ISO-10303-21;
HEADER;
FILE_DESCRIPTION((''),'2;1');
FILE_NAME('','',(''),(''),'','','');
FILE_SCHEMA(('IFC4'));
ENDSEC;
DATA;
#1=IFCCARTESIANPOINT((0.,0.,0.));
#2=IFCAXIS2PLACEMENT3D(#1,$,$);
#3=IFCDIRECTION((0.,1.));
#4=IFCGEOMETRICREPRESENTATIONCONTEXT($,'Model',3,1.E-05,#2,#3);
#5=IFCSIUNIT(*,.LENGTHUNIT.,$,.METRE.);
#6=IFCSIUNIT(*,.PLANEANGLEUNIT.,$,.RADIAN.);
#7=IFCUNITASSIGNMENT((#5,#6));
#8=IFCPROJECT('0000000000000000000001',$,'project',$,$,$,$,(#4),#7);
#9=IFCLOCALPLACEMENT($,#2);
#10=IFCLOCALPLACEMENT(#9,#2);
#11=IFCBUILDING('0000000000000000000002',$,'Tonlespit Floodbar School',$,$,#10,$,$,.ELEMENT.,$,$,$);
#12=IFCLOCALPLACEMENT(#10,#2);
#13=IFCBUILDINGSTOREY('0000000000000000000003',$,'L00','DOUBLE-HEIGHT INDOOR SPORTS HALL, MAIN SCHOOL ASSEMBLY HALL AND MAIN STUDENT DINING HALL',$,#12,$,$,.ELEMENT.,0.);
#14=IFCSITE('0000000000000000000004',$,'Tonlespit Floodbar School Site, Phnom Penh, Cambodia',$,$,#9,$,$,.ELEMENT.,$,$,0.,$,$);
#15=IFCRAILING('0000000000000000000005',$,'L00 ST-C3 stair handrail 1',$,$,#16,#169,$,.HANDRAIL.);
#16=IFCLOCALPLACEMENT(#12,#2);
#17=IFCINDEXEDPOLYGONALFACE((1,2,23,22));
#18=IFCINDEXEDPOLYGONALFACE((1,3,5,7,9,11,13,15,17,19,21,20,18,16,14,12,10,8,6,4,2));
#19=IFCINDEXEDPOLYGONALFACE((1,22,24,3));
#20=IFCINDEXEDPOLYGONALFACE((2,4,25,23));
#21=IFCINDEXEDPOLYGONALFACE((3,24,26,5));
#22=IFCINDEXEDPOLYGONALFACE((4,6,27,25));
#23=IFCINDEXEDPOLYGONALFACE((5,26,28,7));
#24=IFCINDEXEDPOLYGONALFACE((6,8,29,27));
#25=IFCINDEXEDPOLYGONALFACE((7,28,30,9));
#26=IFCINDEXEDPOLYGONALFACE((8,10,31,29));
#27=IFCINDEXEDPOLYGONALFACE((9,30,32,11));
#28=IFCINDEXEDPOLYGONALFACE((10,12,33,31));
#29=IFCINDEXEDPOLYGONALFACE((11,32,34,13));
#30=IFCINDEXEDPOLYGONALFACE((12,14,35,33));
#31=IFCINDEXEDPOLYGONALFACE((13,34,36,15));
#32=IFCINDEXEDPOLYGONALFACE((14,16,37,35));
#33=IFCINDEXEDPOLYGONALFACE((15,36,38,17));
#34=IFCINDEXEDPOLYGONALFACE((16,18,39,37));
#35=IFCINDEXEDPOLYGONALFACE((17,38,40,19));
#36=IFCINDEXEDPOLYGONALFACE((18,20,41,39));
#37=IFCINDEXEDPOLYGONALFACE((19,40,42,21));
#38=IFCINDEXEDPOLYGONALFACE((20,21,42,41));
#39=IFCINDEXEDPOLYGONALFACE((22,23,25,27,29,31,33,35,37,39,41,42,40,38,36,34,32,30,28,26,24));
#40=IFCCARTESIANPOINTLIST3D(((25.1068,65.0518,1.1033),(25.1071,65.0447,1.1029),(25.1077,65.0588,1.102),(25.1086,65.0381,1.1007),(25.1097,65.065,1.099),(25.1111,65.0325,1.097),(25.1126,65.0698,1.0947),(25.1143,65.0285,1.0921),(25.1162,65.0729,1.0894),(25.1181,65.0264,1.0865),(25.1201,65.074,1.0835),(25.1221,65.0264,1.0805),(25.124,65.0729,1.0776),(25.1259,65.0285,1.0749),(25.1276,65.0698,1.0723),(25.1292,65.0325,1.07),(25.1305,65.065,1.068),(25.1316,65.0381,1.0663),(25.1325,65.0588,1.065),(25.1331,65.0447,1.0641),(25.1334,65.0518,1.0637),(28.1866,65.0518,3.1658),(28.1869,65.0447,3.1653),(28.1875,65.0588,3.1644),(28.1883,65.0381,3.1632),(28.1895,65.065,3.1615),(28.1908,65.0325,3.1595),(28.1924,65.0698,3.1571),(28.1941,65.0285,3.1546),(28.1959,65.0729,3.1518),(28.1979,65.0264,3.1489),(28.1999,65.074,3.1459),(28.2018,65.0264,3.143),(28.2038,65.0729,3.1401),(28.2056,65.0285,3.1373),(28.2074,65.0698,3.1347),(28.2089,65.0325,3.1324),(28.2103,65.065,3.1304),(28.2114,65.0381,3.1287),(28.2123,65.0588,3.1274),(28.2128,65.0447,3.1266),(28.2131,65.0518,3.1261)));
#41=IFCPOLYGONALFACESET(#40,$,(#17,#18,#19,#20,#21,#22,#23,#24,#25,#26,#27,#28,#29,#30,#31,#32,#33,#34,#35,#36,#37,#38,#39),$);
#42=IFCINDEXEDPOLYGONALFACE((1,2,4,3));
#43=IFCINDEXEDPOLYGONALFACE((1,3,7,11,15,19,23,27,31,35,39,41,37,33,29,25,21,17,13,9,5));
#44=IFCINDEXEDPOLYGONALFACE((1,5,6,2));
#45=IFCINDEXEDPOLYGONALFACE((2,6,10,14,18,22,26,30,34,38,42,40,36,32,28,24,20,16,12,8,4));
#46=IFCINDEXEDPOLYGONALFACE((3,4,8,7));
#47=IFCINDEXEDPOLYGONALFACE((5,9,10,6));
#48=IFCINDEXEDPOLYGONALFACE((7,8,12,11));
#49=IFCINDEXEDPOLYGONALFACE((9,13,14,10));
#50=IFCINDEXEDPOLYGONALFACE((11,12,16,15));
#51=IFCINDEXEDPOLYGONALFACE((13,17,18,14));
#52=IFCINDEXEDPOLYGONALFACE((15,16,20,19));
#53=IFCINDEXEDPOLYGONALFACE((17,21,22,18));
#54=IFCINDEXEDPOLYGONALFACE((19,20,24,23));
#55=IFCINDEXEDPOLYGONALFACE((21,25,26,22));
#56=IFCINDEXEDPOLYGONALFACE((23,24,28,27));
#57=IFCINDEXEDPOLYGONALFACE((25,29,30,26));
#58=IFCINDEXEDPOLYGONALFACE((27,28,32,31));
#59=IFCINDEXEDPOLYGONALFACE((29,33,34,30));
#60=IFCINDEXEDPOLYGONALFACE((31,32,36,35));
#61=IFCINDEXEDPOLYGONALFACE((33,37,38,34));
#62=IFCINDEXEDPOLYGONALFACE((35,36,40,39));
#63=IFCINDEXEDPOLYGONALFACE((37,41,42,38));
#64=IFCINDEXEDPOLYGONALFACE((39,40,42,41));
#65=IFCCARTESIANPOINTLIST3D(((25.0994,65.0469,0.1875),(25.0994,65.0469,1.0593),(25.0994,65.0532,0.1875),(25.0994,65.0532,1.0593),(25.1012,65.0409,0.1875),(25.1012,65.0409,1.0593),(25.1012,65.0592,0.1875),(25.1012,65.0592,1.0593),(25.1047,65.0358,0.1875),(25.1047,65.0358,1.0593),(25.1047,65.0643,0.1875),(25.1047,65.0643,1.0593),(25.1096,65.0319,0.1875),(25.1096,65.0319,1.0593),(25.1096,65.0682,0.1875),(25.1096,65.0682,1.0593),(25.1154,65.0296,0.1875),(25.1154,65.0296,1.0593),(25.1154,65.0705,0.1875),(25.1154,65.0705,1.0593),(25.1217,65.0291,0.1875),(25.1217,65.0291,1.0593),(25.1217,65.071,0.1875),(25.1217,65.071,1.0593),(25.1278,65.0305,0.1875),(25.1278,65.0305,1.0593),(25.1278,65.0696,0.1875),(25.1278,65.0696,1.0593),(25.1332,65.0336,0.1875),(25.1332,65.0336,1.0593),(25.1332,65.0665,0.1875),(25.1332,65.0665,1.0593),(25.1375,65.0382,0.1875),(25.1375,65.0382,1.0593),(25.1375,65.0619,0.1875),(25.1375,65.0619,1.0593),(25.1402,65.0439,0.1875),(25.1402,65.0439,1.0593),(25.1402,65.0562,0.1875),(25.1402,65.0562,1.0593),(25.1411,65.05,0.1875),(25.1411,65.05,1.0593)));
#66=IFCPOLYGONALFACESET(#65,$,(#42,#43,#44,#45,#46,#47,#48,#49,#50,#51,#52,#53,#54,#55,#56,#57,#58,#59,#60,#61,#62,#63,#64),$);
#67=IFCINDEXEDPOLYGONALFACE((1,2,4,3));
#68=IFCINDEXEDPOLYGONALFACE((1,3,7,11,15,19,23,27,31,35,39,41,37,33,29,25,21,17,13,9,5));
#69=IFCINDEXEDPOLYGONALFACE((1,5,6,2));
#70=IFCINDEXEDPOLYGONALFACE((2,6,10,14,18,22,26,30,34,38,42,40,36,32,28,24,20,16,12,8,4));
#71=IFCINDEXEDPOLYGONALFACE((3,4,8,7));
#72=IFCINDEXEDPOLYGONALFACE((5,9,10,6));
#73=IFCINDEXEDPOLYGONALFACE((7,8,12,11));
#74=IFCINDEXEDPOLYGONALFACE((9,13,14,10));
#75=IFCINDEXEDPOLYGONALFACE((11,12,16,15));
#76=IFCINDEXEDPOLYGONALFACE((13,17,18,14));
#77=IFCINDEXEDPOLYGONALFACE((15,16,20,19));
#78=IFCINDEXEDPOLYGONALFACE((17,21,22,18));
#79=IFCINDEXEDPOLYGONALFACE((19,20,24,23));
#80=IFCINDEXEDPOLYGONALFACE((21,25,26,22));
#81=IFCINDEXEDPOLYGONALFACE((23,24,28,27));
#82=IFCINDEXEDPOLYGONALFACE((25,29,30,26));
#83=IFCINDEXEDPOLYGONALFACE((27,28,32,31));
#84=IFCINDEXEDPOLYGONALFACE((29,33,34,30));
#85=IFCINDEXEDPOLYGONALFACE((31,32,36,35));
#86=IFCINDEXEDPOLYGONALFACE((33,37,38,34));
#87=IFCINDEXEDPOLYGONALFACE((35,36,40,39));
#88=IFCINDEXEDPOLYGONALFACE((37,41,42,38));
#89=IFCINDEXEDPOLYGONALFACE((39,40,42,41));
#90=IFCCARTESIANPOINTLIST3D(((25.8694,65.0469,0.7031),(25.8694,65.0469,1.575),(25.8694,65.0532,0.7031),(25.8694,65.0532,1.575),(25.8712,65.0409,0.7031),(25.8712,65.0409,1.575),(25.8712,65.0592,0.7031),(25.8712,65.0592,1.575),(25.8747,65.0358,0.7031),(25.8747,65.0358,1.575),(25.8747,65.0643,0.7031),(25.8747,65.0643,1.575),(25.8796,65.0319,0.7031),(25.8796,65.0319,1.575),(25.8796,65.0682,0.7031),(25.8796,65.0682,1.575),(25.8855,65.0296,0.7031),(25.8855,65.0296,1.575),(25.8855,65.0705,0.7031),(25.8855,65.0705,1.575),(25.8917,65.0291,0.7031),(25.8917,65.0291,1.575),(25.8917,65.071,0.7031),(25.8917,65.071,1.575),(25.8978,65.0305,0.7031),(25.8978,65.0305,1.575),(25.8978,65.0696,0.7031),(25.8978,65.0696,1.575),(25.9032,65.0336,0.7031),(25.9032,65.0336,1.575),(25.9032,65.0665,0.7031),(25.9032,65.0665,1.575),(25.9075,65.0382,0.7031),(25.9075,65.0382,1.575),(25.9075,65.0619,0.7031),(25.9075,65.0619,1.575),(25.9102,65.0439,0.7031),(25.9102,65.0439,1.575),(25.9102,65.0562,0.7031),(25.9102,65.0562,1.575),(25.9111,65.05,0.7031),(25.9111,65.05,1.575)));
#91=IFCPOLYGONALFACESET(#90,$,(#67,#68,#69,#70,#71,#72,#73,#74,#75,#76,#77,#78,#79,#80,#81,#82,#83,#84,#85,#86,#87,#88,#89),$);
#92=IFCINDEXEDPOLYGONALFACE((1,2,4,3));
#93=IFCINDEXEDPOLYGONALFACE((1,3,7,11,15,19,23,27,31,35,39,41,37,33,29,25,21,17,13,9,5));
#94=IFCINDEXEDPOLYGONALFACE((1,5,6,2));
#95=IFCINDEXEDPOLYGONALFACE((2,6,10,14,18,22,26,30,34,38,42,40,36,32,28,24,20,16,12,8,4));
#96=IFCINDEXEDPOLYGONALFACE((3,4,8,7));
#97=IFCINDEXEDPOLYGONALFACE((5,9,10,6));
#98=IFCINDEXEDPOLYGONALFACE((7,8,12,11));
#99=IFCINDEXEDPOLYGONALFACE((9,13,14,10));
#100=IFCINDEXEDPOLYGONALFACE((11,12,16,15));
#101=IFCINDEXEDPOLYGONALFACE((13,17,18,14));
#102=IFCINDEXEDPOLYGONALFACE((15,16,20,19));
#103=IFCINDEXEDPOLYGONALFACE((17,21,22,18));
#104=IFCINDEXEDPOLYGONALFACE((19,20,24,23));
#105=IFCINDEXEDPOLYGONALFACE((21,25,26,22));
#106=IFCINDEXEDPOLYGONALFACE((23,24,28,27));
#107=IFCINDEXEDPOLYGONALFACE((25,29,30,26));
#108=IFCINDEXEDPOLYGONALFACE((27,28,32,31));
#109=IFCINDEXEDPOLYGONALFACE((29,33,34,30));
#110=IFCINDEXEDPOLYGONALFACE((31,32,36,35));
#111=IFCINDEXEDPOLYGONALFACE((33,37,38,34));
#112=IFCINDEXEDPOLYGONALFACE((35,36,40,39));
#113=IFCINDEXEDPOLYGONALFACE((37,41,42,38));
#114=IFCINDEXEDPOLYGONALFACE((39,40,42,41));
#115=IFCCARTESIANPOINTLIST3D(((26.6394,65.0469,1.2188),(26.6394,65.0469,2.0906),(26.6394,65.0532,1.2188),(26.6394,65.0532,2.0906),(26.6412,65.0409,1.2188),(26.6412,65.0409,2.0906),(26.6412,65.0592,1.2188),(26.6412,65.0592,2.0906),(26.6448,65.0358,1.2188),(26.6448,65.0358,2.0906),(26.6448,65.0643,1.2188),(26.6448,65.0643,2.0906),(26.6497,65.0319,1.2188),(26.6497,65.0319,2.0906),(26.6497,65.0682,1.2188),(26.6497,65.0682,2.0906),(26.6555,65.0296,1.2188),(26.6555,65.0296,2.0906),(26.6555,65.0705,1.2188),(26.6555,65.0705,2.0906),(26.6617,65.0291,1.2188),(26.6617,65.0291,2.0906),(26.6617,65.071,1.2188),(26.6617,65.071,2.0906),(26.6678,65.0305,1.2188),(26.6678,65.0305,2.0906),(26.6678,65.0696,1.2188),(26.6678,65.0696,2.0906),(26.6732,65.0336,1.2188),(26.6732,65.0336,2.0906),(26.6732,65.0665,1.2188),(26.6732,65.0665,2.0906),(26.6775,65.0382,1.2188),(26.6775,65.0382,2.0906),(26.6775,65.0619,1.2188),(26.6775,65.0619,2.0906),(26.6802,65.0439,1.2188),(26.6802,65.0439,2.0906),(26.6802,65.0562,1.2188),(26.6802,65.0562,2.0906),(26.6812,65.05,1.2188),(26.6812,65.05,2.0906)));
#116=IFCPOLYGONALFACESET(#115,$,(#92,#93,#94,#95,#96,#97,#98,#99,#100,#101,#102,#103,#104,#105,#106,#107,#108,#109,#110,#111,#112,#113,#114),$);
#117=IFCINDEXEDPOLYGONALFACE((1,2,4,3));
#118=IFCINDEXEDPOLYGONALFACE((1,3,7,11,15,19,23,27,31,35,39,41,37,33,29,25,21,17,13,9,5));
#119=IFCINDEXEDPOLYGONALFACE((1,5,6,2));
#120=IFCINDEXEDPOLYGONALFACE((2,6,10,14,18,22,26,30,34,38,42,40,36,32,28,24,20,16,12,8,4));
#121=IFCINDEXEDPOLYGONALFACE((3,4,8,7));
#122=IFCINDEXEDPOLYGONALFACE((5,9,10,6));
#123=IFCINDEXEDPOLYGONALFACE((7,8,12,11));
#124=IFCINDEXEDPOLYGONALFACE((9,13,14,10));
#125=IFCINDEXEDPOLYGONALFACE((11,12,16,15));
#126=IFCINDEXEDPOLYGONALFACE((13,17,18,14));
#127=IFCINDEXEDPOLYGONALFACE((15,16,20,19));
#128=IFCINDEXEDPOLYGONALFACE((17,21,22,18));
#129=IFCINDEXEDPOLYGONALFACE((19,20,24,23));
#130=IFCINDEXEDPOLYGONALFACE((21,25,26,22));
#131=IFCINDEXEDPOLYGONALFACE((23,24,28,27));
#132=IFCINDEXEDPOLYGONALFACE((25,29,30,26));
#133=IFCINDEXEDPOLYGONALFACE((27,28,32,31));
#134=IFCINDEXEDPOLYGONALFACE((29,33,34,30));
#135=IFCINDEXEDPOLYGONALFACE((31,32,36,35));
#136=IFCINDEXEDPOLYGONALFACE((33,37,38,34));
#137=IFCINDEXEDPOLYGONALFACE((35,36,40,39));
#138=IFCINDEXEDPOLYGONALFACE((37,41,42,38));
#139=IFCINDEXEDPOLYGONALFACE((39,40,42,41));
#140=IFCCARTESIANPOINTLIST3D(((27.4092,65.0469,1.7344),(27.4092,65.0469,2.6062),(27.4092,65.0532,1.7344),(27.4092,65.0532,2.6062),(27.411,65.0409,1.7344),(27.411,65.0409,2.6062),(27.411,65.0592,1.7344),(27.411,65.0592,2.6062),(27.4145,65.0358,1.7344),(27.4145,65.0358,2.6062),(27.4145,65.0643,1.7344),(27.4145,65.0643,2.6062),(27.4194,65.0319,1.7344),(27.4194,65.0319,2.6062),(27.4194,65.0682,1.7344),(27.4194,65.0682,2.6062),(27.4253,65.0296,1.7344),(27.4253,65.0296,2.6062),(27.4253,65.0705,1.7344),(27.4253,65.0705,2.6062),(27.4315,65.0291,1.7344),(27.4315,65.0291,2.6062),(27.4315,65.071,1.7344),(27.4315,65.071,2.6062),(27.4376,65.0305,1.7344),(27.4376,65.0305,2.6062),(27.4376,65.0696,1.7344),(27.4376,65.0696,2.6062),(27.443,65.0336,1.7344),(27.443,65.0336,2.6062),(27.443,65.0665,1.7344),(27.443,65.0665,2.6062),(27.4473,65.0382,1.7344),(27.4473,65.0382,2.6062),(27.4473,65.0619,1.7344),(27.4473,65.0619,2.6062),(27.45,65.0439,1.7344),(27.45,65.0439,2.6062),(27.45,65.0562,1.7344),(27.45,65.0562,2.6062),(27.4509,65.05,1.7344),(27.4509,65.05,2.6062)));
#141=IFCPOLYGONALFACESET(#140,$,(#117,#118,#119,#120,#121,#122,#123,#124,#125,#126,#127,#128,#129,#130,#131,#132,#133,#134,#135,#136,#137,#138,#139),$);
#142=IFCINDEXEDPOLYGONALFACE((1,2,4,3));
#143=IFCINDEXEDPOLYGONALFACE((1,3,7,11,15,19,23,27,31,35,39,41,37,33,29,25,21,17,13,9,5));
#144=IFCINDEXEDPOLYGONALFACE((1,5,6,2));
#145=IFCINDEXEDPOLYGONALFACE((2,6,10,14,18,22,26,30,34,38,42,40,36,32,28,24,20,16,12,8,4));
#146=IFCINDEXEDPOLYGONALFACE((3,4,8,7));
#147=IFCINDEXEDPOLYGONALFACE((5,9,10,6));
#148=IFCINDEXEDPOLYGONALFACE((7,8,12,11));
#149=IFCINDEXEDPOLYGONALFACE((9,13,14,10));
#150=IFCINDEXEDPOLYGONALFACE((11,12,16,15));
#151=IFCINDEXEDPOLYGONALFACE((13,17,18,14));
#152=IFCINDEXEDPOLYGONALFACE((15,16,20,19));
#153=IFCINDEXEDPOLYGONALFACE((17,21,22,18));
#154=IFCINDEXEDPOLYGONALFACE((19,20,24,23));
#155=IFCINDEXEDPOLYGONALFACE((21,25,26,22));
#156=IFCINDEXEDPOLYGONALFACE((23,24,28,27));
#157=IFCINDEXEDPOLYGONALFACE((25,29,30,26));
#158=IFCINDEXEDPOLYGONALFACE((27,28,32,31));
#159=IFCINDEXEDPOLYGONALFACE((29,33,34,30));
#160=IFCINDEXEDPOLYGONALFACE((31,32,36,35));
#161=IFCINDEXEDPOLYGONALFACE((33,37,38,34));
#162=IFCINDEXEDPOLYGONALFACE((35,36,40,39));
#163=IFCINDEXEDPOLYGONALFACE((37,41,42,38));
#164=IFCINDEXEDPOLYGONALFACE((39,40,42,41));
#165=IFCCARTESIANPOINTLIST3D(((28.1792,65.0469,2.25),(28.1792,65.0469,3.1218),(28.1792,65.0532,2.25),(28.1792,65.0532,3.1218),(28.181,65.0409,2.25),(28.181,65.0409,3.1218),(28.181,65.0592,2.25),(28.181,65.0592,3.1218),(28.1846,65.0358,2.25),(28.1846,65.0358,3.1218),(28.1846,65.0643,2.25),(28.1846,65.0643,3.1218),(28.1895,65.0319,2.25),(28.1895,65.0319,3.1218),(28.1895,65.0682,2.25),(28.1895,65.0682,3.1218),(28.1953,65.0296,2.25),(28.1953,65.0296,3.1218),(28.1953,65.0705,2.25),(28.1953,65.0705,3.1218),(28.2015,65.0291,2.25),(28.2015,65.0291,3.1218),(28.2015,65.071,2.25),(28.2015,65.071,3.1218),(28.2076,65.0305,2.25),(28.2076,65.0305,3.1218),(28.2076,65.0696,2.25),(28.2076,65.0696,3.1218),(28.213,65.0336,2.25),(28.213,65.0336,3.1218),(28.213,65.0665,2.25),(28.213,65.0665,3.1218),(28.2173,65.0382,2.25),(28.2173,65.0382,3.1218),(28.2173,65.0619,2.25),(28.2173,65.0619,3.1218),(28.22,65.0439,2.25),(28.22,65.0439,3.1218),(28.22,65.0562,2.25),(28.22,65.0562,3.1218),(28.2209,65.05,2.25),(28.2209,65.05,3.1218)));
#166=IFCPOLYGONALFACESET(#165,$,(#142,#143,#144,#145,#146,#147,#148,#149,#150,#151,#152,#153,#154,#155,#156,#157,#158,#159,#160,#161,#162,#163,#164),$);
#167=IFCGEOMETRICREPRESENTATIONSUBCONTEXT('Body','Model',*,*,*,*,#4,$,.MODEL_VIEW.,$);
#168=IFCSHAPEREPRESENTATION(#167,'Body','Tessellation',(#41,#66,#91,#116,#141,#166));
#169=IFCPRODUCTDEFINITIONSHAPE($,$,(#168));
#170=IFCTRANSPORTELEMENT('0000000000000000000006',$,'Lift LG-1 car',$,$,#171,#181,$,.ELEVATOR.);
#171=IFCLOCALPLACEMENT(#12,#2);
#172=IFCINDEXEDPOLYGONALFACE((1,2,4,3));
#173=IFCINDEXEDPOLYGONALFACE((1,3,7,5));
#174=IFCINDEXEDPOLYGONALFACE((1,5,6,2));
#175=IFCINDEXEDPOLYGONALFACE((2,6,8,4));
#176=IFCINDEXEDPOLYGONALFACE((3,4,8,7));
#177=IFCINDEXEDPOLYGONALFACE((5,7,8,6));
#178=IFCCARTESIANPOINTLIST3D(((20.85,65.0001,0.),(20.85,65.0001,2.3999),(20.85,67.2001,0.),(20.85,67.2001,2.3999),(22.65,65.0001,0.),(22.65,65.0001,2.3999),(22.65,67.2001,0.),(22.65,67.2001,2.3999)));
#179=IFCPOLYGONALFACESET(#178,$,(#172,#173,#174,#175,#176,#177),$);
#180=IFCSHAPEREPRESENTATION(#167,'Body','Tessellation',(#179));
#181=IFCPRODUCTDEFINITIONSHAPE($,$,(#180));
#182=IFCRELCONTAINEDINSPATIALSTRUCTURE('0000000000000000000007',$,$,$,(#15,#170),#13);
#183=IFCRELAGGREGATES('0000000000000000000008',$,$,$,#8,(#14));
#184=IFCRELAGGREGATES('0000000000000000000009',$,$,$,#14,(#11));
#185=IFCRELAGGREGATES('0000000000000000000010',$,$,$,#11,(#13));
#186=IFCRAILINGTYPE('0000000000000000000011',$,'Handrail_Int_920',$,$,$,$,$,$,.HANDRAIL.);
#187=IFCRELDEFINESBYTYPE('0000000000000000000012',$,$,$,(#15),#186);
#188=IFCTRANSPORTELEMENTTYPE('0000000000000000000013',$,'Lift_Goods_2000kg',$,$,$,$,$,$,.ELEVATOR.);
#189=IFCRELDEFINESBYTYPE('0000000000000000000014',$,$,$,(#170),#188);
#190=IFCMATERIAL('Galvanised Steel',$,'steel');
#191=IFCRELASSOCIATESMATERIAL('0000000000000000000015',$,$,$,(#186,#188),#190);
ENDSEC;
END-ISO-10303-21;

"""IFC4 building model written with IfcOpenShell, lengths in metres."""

from ifc_helpers import new_model, si_unit, direction, frame, origin, origin_2d, place, context, subcontext, project, spatial, rectangle, circle, extrude, material, type_object, element, save


model = new_model("IFC4")

# Units and contexts
model_context = context("Model", 3, precision=1e-05, world=origin(), true_north=direction((0.0, 1.0)))
body_context = subcontext(model_context, "Body", "Model", "MODEL_VIEW")
ifc_project = project(units=[si_unit("LENGTHUNIT", "METRE"), si_unit("PLANEANGLEUNIT", "RADIAN")], contexts=[model_context])

# Site, building, storey
site_placement = place(None, origin())
site = spatial("IfcSite", under=ifc_project, at=site_placement, Name="Tonlespit Floodbar School Site, Phnom Penh, Cambodia", CompositionType="ELEMENT", RefElevation=0.0)
building_placement = place(site_placement, origin())
building = spatial("IfcBuilding", under=site, at=building_placement, Name="Tonlespit Floodbar School", CompositionType="ELEMENT")
storey_placement = place(building_placement, origin())
storey = spatial("IfcBuildingStorey", under=building, at=storey_placement, Name="L00", Description="DOUBLE-HEIGHT INDOOR SPORTS HALL, MAIN SCHOOL ASSEMBLY HALL AND MAIN STUDENT DINING HALL", CompositionType="ELEMENT", Elevation=0.0)

# Shared definitions
ifc_material_1 = material(Name="Galvanised Steel", Category="steel")

# Railing
railing_type_1 = type_object("IfcRailingType", Name="Handrail_Int_920", PredefinedType="HANDRAIL", material=ifc_material_1)
railing_1_placement = place(storey_placement, frame((25.1201, 65.05, 0.1875)))
element("IfcRailing", 1, at=railing_1_placement, inside=storey, type_object=railing_type_1, Name="L00 ST-C3 stair handrail 1", PredefinedType="HANDRAIL", context=body_context, shape_type="SweptSolid", body=[
    extrude(circle(Radius=0.0239, at=origin_2d()), frame((0.0, 0.0, 0.896), z_axis=(0.830893, 0.0, 0.556432), x_axis=(0.0, 1.0, 0.0)), (0.0, 0.0, 1.0), 3.7065),
    extrude(circle(Radius=0.021, at=origin_2d()), origin(), (0.0, 0.0, 1.0), 0.8718),
    extrude(circle(Radius=0.021, at=origin_2d()), frame((0.77, 0.0, 0.5156)), (0.0, 0.0, 1.0), 0.8718),
    extrude(circle(Radius=0.021, at=origin_2d()), frame((1.54, 0.0, 1.0312)), (0.0, 0.0, 1.0), 0.8718),
    extrude(circle(Radius=0.021, at=origin_2d()), frame((2.3098, 0.0, 1.5469)), (0.0, 0.0, 1.0), 0.8718),
    extrude(circle(Radius=0.021, at=origin_2d()), frame((3.0798, 0.0, 2.0625)), (0.0, 0.0, 1.0), 0.8718),
])

# Transport element
transport_element_type = type_object("IfcTransportElementType", Name="Lift_Goods_2000kg", PredefinedType="ELEVATOR", material=ifc_material_1)
transport_element_placement = place(storey_placement, frame((21.75, 66.1001, 0.0), z_axis=(0.0, 0.0, 1.0), x_axis=(1.0, 0.0, 0.0)))
element("IfcTransportElement", 2, at=transport_element_placement, inside=storey, type_object=transport_element_type, Name="Lift LG-1 car", PredefinedType="ELEVATOR", context=body_context, shape_type="SweptSolid", body=[
    extrude(rectangle(XDim=1.8, YDim=2.2, at=origin_2d()), origin(), (0.0, 0.0, 1.0), 2.3999),
])

save(model, "model.ifc")
